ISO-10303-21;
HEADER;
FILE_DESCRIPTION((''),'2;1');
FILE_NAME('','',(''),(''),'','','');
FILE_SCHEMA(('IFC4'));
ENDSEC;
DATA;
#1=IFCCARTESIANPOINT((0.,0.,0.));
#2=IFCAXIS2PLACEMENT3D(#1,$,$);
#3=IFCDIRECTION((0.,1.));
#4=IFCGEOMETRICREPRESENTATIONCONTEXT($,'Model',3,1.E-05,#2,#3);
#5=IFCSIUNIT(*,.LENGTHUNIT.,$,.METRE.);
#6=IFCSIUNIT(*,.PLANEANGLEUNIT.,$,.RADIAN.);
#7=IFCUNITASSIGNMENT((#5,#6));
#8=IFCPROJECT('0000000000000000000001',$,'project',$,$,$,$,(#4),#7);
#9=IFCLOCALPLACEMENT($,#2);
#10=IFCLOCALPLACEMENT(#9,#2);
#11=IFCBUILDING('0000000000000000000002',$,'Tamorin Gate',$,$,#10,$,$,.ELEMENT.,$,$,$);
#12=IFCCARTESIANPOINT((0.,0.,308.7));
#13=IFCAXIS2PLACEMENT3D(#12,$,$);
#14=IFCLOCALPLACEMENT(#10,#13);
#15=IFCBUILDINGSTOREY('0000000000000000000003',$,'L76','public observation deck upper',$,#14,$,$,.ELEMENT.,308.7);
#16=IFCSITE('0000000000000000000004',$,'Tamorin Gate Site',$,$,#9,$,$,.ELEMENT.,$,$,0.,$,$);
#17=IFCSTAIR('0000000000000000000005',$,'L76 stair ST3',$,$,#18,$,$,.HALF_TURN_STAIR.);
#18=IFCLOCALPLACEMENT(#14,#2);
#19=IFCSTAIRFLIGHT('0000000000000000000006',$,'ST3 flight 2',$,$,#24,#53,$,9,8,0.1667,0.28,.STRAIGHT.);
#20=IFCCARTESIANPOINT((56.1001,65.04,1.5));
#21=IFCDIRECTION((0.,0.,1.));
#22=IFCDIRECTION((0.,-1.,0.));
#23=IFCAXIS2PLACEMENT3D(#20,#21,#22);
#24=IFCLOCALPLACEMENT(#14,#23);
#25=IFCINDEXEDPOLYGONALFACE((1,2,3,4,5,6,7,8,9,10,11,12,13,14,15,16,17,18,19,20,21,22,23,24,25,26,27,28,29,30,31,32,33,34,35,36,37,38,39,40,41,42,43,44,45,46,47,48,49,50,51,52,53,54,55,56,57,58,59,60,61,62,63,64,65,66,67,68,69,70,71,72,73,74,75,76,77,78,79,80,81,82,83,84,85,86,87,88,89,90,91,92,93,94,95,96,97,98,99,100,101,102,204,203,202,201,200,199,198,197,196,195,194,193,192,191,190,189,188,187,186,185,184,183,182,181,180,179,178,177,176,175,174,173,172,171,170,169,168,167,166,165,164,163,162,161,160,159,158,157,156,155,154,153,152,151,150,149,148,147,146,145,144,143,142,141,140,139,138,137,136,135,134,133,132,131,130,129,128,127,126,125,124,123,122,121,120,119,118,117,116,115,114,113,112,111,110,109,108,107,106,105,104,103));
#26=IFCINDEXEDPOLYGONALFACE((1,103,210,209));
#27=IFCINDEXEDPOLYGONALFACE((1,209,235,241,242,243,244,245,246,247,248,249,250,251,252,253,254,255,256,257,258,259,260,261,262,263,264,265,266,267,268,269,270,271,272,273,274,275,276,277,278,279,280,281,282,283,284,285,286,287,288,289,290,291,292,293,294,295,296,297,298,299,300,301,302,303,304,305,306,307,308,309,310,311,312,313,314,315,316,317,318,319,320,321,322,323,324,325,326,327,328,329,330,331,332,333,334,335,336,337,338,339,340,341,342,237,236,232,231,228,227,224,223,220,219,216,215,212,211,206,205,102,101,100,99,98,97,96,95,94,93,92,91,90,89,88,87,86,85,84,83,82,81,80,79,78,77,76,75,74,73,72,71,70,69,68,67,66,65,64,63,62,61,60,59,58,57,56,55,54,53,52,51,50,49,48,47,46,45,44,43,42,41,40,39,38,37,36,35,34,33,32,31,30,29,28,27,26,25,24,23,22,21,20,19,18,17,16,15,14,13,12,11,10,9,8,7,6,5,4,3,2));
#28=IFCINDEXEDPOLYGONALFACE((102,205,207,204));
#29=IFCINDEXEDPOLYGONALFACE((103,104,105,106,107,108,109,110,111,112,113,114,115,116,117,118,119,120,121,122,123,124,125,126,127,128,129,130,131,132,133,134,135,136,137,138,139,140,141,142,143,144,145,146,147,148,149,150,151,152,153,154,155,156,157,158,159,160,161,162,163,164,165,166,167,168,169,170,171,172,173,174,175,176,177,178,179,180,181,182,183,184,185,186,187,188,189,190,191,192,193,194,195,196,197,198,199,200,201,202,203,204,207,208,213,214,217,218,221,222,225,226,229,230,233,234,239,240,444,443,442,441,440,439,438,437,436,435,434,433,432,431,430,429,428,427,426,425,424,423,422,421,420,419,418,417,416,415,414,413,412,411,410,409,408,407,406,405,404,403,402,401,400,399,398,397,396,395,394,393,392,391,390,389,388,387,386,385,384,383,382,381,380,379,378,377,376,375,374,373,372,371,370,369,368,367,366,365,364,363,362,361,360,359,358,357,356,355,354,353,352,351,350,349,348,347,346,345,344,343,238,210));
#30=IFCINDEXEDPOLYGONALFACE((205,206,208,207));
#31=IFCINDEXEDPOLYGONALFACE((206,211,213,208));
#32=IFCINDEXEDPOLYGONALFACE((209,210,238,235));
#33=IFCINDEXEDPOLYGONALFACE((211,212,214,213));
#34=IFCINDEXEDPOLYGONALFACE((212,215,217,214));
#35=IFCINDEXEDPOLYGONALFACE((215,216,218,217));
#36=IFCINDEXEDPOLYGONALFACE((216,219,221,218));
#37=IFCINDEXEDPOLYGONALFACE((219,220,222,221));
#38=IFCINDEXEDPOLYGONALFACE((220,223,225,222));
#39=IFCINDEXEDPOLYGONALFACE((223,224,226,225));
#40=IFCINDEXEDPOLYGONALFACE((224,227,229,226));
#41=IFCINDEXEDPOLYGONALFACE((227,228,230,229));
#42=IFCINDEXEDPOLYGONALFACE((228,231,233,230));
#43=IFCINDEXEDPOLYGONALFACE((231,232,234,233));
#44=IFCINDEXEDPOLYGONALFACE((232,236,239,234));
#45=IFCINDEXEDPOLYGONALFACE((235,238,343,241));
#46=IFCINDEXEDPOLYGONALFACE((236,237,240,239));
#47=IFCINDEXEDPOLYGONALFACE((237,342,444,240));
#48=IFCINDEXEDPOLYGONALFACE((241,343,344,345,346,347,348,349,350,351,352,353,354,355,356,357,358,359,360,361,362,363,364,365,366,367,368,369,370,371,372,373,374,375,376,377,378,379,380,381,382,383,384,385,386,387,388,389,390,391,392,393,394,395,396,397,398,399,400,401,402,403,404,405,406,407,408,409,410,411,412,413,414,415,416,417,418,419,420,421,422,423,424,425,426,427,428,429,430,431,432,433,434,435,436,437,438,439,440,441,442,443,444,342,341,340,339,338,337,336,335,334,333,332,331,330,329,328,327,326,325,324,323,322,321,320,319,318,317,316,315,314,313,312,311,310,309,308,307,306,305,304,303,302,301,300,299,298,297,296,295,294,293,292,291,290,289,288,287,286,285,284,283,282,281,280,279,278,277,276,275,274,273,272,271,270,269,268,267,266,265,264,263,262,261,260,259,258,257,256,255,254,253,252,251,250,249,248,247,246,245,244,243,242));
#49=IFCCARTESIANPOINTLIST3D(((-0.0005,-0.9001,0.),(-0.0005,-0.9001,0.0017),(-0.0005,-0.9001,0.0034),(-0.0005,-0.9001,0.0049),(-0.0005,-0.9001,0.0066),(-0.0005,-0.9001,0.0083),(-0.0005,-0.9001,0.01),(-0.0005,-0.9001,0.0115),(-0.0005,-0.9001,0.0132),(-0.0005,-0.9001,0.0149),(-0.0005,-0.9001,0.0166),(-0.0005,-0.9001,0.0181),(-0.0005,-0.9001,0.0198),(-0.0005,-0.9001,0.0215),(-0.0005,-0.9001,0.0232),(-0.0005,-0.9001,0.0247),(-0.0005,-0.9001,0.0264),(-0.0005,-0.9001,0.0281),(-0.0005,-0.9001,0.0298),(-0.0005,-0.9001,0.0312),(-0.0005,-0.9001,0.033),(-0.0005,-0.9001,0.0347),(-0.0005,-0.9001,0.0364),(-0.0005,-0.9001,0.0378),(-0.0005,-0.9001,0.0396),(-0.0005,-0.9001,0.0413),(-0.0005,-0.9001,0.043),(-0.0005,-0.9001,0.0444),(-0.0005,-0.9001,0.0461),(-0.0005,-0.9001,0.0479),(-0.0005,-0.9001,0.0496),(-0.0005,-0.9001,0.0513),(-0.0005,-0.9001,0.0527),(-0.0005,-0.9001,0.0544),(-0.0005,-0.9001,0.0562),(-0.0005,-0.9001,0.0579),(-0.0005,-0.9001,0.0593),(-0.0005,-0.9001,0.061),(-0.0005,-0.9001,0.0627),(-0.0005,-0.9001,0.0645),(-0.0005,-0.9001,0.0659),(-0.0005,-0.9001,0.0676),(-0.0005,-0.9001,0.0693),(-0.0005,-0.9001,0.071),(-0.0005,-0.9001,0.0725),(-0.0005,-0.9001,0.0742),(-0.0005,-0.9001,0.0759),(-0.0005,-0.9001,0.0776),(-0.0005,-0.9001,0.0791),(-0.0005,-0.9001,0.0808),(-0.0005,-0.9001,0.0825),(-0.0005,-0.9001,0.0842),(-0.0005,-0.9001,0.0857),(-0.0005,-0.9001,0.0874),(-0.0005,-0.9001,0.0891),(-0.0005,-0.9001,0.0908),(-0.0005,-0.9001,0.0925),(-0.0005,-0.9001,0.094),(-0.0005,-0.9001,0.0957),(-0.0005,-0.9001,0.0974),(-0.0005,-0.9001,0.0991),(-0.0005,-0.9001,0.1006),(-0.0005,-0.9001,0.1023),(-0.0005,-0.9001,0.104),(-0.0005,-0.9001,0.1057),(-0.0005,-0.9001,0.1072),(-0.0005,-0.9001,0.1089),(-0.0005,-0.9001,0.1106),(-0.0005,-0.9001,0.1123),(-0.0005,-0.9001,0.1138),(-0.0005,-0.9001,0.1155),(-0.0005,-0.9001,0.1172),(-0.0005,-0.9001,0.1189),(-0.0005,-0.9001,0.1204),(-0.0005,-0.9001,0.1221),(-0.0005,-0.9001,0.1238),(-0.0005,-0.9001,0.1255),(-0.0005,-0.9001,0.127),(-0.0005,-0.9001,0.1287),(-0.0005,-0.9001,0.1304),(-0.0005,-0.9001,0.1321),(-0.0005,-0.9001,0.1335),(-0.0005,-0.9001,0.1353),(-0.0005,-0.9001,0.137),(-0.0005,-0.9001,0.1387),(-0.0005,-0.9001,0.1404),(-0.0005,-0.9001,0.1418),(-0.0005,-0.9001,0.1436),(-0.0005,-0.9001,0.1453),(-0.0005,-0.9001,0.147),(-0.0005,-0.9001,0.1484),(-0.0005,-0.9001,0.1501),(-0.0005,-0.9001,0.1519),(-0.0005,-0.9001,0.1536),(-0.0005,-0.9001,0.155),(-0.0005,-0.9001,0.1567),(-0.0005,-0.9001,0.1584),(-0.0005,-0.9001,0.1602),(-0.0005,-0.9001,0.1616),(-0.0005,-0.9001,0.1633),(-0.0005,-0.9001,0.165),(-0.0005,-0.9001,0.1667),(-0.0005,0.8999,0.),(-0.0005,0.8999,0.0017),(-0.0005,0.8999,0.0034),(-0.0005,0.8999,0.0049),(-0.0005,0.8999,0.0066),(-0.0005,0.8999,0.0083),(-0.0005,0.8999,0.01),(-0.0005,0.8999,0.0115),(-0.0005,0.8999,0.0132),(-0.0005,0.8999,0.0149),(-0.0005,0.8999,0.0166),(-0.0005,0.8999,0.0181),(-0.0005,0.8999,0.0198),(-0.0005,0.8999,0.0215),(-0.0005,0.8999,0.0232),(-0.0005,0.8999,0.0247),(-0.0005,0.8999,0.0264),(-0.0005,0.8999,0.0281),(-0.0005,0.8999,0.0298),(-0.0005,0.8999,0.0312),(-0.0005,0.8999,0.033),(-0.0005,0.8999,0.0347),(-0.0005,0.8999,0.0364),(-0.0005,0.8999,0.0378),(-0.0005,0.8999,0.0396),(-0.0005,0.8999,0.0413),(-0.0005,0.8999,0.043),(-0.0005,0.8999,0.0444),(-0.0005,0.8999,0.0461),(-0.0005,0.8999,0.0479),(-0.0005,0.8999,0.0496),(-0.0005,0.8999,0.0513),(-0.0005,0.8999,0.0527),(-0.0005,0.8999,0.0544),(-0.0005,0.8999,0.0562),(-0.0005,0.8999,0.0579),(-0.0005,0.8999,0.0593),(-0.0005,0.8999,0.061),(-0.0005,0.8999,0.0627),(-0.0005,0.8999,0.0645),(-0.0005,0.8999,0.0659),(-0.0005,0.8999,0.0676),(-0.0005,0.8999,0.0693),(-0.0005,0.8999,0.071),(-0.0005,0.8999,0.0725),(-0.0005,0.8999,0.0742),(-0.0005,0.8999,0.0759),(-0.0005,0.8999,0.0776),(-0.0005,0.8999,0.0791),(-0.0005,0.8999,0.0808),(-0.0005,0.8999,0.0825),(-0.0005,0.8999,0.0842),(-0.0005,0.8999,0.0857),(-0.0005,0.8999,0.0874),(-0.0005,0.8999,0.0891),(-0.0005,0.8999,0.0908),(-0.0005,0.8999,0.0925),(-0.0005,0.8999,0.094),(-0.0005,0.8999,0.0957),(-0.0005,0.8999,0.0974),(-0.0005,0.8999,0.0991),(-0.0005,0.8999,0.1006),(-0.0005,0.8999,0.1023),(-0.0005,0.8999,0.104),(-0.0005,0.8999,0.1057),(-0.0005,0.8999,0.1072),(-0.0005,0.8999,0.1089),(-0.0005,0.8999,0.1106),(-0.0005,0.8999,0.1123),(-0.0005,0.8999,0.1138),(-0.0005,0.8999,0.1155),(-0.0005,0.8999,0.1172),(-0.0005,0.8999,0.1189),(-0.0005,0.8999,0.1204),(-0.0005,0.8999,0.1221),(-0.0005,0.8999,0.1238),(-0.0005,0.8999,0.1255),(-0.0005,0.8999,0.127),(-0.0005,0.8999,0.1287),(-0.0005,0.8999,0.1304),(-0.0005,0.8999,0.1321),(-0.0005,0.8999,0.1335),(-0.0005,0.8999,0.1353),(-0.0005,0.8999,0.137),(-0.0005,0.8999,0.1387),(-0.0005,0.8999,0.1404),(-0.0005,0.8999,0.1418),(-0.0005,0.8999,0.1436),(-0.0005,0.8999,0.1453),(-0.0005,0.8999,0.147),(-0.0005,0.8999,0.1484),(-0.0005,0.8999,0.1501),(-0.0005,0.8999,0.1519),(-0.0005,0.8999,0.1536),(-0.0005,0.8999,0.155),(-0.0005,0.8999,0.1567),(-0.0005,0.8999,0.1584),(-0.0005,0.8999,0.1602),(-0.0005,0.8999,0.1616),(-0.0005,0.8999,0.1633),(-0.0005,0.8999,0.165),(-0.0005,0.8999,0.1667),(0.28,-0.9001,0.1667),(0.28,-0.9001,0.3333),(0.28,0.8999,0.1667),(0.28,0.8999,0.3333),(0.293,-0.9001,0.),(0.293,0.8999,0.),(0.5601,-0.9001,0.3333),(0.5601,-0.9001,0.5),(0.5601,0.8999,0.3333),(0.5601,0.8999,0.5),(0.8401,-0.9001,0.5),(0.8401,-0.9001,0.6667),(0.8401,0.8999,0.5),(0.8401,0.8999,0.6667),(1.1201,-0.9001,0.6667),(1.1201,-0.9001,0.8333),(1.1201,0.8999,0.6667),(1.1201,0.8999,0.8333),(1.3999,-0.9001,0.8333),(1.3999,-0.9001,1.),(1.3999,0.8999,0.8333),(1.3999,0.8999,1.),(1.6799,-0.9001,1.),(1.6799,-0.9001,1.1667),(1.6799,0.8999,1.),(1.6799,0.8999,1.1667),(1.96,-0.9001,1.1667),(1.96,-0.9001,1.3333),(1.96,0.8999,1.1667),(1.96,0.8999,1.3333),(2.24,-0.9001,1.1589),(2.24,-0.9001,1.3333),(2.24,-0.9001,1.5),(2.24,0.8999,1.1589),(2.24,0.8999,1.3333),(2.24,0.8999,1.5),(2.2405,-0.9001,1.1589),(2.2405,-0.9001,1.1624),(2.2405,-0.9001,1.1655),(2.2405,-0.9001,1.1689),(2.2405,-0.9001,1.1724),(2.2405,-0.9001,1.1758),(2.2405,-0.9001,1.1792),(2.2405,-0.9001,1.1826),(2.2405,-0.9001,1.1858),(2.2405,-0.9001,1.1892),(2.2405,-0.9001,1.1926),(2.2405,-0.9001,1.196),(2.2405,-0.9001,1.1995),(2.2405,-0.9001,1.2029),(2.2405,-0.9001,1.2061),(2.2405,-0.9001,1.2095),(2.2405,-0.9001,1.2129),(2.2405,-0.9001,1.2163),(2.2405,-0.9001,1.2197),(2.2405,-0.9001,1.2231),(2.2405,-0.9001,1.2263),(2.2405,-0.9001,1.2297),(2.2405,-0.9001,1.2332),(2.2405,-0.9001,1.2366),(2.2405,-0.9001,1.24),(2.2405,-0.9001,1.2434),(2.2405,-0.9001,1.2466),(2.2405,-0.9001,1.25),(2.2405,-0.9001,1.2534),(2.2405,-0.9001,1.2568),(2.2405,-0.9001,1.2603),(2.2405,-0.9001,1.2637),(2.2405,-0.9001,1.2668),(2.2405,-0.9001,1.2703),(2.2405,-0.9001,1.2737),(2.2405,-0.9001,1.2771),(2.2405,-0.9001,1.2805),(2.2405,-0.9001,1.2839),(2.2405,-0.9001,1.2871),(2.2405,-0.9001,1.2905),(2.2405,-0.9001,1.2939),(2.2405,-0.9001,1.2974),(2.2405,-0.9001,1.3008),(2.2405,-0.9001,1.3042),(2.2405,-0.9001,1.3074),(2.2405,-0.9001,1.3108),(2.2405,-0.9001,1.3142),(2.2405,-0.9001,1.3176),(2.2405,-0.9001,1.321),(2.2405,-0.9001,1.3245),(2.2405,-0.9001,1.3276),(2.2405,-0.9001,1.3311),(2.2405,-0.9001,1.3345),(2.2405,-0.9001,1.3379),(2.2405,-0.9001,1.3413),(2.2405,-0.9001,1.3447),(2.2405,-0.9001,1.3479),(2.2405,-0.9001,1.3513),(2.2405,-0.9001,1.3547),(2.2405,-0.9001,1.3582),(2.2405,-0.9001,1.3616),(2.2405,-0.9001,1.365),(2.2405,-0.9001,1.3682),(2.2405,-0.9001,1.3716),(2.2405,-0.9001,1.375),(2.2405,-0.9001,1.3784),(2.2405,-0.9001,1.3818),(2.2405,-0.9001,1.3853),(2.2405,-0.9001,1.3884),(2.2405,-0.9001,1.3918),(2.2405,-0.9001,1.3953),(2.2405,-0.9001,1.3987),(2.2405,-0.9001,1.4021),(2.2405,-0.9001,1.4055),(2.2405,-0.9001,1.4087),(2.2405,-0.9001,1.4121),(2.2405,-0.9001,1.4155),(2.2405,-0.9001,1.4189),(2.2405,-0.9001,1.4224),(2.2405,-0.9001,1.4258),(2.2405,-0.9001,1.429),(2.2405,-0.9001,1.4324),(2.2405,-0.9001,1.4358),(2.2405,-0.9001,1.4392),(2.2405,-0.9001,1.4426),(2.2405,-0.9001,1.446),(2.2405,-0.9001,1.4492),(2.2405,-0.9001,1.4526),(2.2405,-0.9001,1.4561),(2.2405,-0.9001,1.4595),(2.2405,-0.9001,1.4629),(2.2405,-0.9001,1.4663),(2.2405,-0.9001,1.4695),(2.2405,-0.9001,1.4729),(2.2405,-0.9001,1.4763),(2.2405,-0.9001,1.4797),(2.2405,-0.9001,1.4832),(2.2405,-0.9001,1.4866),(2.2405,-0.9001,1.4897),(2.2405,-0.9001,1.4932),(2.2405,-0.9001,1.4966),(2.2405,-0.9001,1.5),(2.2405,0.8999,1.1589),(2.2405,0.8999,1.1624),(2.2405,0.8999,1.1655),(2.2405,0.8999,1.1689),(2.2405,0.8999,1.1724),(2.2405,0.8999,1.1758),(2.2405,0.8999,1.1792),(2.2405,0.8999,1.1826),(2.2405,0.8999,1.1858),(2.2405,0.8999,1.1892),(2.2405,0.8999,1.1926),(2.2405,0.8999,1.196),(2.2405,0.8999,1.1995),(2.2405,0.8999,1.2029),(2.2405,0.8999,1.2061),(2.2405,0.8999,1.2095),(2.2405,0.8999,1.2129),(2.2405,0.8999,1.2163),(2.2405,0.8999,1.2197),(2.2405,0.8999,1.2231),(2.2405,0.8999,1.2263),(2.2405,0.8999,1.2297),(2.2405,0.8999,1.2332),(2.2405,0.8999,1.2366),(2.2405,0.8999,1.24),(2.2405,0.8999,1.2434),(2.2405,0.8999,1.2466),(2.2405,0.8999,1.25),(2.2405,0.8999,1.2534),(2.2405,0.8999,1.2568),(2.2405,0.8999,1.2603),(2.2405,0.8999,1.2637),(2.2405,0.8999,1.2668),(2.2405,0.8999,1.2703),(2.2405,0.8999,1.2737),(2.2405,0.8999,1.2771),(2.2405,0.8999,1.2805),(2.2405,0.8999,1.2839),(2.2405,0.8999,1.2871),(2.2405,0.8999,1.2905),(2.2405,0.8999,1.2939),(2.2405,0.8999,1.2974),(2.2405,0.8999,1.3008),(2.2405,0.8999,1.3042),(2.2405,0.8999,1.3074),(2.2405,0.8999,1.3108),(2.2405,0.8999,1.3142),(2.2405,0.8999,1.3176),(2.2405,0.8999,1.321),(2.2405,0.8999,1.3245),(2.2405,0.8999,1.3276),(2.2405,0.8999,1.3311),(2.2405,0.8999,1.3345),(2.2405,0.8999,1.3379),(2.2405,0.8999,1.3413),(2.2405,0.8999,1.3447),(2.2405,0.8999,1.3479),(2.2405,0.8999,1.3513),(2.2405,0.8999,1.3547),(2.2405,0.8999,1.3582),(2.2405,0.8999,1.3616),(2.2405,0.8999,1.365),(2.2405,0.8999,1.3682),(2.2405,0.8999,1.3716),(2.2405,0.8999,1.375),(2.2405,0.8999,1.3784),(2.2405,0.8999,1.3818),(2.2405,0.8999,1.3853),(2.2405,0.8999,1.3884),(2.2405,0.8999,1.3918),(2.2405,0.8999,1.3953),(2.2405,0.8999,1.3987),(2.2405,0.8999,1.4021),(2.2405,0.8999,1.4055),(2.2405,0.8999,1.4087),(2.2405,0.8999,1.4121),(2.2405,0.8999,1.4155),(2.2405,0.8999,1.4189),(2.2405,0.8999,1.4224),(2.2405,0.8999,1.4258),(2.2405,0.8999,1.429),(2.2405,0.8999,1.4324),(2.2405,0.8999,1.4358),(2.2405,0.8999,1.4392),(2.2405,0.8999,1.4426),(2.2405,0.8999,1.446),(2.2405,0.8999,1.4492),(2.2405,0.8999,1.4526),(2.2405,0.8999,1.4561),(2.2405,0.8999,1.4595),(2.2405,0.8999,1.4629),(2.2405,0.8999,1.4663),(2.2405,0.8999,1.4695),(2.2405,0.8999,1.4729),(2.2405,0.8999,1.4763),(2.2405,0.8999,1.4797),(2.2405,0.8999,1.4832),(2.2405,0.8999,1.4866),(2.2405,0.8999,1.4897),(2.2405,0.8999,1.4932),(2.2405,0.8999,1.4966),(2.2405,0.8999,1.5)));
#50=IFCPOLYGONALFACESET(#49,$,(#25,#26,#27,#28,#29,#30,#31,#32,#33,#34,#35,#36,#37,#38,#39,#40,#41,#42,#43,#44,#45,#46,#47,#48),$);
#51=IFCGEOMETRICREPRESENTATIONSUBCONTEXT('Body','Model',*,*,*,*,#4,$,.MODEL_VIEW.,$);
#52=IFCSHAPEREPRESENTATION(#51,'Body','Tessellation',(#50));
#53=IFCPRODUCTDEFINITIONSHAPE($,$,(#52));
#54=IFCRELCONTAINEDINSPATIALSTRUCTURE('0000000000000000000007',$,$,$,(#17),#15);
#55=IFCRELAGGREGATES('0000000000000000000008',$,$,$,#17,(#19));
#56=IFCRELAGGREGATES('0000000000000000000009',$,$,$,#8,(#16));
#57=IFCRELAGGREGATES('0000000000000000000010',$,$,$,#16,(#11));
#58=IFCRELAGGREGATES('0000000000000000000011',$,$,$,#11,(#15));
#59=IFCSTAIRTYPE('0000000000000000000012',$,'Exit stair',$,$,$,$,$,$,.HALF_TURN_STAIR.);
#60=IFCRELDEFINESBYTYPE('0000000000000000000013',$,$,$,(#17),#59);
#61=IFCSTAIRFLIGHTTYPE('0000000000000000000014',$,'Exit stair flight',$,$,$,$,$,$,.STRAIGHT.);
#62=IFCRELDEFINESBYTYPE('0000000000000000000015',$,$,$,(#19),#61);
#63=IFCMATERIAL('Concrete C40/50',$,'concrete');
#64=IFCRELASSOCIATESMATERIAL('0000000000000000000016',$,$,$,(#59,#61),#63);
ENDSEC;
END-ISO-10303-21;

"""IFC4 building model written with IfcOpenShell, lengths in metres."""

from ifc_helpers import new_model, si_unit, direction, frame, origin, place, context, subcontext, project, spatial, polyline, outline, extrude, material, type_object, element, aggregate, save


model = new_model("IFC4")

# Units and contexts
model_context = context("Model", 3, precision=1e-05, world=origin(), true_north=direction((0.0, 1.0)))
body_context = subcontext(model_context, "Body", "Model", "MODEL_VIEW")
ifc_project = project(units=[si_unit("LENGTHUNIT", "METRE"), si_unit("PLANEANGLEUNIT", "RADIAN")], contexts=[model_context])

# Site, building, storey
site_placement = place(None, origin())
site = spatial("IfcSite", under=ifc_project, at=site_placement, Name="Tamorin Gate Site", CompositionType="ELEMENT", RefElevation=0.0)
building_placement = place(site_placement, origin())
building = spatial("IfcBuilding", under=site, at=building_placement, Name="Tamorin Gate", CompositionType="ELEMENT")
storey_placement = place(building_placement, frame((0.0, 0.0, 308.7)))
storey = spatial("IfcBuildingStorey", under=building, at=storey_placement, Name="L76", Description="public observation deck upper", CompositionType="ELEMENT", Elevation=308.7)

# Shared definitions
ifc_material_1 = material(Name="Concrete C40/50", Category="concrete")

# Stair, stair flight
stair_type = type_object("IfcStairType", Name="Exit stair", PredefinedType="HALF_TURN_STAIR", material=ifc_material_1)
stair_placement = place(storey_placement, origin())
stair = element("IfcStair", 1, at=stair_placement, inside=storey, type_object=stair_type, Name="L76 stair ST3", PredefinedType="HALF_TURN_STAIR")
stair_flight_type = type_object("IfcStairFlightType", Name="Exit stair flight", PredefinedType="STRAIGHT", material=ifc_material_1)
stair_flight_1_placement = place(storey_placement, frame((56.1001, 65.04, 1.5), z_axis=(0.0, 0.0, 1.0), x_axis=(0.0, -1.0, 0.0)))
stair_flight_1 = element("IfcStairFlight", 2, at=stair_flight_1_placement, type_object=stair_flight_type, Name="ST3 flight 2", NumberOfRisers=9, NumberOfTreads=8, PredefinedType="STRAIGHT", RiserHeight=0.1667, TreadLength=0.28, context=body_context, shape_type="SweptSolid", body=[
    extrude(outline(polyline([(-0.0005, 0.0), (-0.0005, 0.0017), (-0.0005, 0.0034), (-0.0005, 0.0049), (-0.0005, 0.0066), (-0.0005, 0.0083), (-0.0005, 0.01), (-0.0005, 0.0115), (-0.0005, 0.0132), (-0.0005, 0.0149), (-0.0005, 0.0166), (-0.0005, 0.0181), (-0.0005, 0.0198), (-0.0005, 0.0215), (-0.0005, 0.0232), (-0.0005, 0.0247), (-0.0005, 0.0264), (-0.0005, 0.0281), (-0.0005, 0.0298), (-0.0005, 0.0312), (-0.0005, 0.033), (-0.0005, 0.0347), (-0.0005, 0.0364), (-0.0005, 0.0378), (-0.0005, 0.0396), (-0.0005, 0.0413), (-0.0005, 0.043), (-0.0005, 0.0444), (-0.0005, 0.0461), (-0.0005, 0.0479), (-0.0005, 0.0496), (-0.0005, 0.0513), (-0.0005, 0.0527), (-0.0005, 0.0544), (-0.0005, 0.0562), (-0.0005, 0.0579), (-0.0005, 0.0593), (-0.0005, 0.061), (-0.0005, 0.0627), (-0.0005, 0.0645), (-0.0005, 0.0659), (-0.0005, 0.0676), (-0.0005, 0.0693), (-0.0005, 0.071), (-0.0005, 0.0725), (-0.0005, 0.0742), (-0.0005, 0.0759), (-0.0005, 0.0776), (-0.0005, 0.0791), (-0.0005, 0.0808), (-0.0005, 0.0825), (-0.0005, 0.0842), (-0.0005, 0.0857), (-0.0005, 0.0874), (-0.0005, 0.0891), (-0.0005, 0.0908), (-0.0005, 0.0925), (-0.0005, 0.094), (-0.0005, 0.0957), (-0.0005, 0.0974), (-0.0005, 0.0991), (-0.0005, 0.1006), (-0.0005, 0.1023), (-0.0005, 0.104), (-0.0005, 0.1057), (-0.0005, 0.1072), (-0.0005, 0.1089), (-0.0005, 0.1106), (-0.0005, 0.1123), (-0.0005, 0.1138), (-0.0005, 0.1155), (-0.0005, 0.1172), (-0.0005, 0.1189), (-0.0005, 0.1204), (-0.0005, 0.1221), (-0.0005, 0.1238), (-0.0005, 0.1255), (-0.0005, 0.127), (-0.0005, 0.1287), (-0.0005, 0.1304), (-0.0005, 0.1321), (-0.0005, 0.1335), (-0.0005, 0.1353), (-0.0005, 0.137), (-0.0005, 0.1387), (-0.0005, 0.1404), (-0.0005, 0.1418), (-0.0005, 0.1436), (-0.0005, 0.1453), (-0.0005, 0.147), (-0.0005, 0.1484), (-0.0005, 0.1501), (-0.0005, 0.1519), (-0.0005, 0.1536), (-0.0005, 0.155), (-0.0005, 0.1567), (-0.0005, 0.1584), (-0.0005, 0.1602), (-0.0005, 0.1616), (-0.0005, 0.1633), (-0.0005, 0.165), (-0.0005, 0.1667), (0.28, 0.1667), (0.28, 0.3333), (0.5601, 0.3333), (0.5601, 0.5), (0.8401, 0.5), (0.8401, 0.6667), (1.1201, 0.6667), (1.1201, 0.8333), (1.3999, 0.8333), (1.3999, 1.0), (1.6799, 1.0), (1.6799, 1.1667), (1.96, 1.1667), (1.96, 1.3333), (2.24, 1.3333), (2.24, 1.5), (2.2405, 1.5), (2.2405, 1.4966), (2.2405, 1.4932), (2.2405, 1.4897), (2.2405, 1.4866), (2.2405, 1.4832), (2.2405, 1.4797), (2.2405, 1.4763), (2.2405, 1.4729), (2.2405, 1.4695), (2.2405, 1.4663), (2.2405, 1.4629), (2.2405, 1.4595), (2.2405, 1.4561), (2.2405, 1.4526), (2.2405, 1.4492), (2.2405, 1.446), (2.2405, 1.4426), (2.2405, 1.4392), (2.2405, 1.4358), (2.2405, 1.4324), (2.2405, 1.429), (2.2405, 1.4258), (2.2405, 1.4224), (2.2405, 1.4189), (2.2405, 1.4155), (2.2405, 1.4121), (2.2405, 1.4087), (2.2405, 1.4055), (2.2405, 1.4021), (2.2405, 1.3987), (2.2405, 1.3953), (2.2405, 1.3918), (2.2405, 1.3884), (2.2405, 1.3853), (2.2405, 1.3818), (2.2405, 1.3784), (2.2405, 1.375), (2.2405, 1.3716), (2.2405, 1.3682), (2.2405, 1.365), (2.2405, 1.3616), (2.2405, 1.3582), (2.2405, 1.3547), (2.2405, 1.3513), (2.2405, 1.3479), (2.2405, 1.3447), (2.2405, 1.3413), (2.2405, 1.3379), (2.2405, 1.3345), (2.2405, 1.3311), (2.2405, 1.3276), (2.2405, 1.3245), (2.2405, 1.321), (2.2405, 1.3176), (2.2405, 1.3142), (2.2405, 1.3108), (2.2405, 1.3074), (2.2405, 1.3042), (2.2405, 1.3008), (2.2405, 1.2974), (2.2405, 1.2939), (2.2405, 1.2905), (2.2405, 1.2871), (2.2405, 1.2839), (2.2405, 1.2805), (2.2405, 1.2771), (2.2405, 1.2737), (2.2405, 1.2703), (2.2405, 1.2668), (2.2405, 1.2637), (2.2405, 1.2603), (2.2405, 1.2568), (2.2405, 1.2534), (2.2405, 1.25), (2.2405, 1.2466), (2.2405, 1.2434), (2.2405, 1.24), (2.2405, 1.2366), (2.2405, 1.2332), (2.2405, 1.2297), (2.2405, 1.2263), (2.2405, 1.2231), (2.2405, 1.2197), (2.2405, 1.2163), (2.2405, 1.2129), (2.2405, 1.2095), (2.2405, 1.2061), (2.2405, 1.2029), (2.2405, 1.1995), (2.2405, 1.196), (2.2405, 1.1926), (2.2405, 1.1892), (2.2405, 1.1858), (2.2405, 1.1826), (2.2405, 1.1792), (2.2405, 1.1758), (2.2405, 1.1724), (2.2405, 1.1689), (2.2405, 1.1655), (2.2405, 1.1624), (2.2405, 1.1589), (2.24, 1.1589), (0.293, 0.0), (-0.0005, 0.0)])), frame((0.0, 0.8999, 0.0), z_axis=(0.0, -1.0, 0.0), x_axis=(1.0, 0.0, 0.0)), (0.0, 0.0, 1.0), 1.8),
])
aggregate(stair, [stair_flight_1])

save(model, "model.ifc")
